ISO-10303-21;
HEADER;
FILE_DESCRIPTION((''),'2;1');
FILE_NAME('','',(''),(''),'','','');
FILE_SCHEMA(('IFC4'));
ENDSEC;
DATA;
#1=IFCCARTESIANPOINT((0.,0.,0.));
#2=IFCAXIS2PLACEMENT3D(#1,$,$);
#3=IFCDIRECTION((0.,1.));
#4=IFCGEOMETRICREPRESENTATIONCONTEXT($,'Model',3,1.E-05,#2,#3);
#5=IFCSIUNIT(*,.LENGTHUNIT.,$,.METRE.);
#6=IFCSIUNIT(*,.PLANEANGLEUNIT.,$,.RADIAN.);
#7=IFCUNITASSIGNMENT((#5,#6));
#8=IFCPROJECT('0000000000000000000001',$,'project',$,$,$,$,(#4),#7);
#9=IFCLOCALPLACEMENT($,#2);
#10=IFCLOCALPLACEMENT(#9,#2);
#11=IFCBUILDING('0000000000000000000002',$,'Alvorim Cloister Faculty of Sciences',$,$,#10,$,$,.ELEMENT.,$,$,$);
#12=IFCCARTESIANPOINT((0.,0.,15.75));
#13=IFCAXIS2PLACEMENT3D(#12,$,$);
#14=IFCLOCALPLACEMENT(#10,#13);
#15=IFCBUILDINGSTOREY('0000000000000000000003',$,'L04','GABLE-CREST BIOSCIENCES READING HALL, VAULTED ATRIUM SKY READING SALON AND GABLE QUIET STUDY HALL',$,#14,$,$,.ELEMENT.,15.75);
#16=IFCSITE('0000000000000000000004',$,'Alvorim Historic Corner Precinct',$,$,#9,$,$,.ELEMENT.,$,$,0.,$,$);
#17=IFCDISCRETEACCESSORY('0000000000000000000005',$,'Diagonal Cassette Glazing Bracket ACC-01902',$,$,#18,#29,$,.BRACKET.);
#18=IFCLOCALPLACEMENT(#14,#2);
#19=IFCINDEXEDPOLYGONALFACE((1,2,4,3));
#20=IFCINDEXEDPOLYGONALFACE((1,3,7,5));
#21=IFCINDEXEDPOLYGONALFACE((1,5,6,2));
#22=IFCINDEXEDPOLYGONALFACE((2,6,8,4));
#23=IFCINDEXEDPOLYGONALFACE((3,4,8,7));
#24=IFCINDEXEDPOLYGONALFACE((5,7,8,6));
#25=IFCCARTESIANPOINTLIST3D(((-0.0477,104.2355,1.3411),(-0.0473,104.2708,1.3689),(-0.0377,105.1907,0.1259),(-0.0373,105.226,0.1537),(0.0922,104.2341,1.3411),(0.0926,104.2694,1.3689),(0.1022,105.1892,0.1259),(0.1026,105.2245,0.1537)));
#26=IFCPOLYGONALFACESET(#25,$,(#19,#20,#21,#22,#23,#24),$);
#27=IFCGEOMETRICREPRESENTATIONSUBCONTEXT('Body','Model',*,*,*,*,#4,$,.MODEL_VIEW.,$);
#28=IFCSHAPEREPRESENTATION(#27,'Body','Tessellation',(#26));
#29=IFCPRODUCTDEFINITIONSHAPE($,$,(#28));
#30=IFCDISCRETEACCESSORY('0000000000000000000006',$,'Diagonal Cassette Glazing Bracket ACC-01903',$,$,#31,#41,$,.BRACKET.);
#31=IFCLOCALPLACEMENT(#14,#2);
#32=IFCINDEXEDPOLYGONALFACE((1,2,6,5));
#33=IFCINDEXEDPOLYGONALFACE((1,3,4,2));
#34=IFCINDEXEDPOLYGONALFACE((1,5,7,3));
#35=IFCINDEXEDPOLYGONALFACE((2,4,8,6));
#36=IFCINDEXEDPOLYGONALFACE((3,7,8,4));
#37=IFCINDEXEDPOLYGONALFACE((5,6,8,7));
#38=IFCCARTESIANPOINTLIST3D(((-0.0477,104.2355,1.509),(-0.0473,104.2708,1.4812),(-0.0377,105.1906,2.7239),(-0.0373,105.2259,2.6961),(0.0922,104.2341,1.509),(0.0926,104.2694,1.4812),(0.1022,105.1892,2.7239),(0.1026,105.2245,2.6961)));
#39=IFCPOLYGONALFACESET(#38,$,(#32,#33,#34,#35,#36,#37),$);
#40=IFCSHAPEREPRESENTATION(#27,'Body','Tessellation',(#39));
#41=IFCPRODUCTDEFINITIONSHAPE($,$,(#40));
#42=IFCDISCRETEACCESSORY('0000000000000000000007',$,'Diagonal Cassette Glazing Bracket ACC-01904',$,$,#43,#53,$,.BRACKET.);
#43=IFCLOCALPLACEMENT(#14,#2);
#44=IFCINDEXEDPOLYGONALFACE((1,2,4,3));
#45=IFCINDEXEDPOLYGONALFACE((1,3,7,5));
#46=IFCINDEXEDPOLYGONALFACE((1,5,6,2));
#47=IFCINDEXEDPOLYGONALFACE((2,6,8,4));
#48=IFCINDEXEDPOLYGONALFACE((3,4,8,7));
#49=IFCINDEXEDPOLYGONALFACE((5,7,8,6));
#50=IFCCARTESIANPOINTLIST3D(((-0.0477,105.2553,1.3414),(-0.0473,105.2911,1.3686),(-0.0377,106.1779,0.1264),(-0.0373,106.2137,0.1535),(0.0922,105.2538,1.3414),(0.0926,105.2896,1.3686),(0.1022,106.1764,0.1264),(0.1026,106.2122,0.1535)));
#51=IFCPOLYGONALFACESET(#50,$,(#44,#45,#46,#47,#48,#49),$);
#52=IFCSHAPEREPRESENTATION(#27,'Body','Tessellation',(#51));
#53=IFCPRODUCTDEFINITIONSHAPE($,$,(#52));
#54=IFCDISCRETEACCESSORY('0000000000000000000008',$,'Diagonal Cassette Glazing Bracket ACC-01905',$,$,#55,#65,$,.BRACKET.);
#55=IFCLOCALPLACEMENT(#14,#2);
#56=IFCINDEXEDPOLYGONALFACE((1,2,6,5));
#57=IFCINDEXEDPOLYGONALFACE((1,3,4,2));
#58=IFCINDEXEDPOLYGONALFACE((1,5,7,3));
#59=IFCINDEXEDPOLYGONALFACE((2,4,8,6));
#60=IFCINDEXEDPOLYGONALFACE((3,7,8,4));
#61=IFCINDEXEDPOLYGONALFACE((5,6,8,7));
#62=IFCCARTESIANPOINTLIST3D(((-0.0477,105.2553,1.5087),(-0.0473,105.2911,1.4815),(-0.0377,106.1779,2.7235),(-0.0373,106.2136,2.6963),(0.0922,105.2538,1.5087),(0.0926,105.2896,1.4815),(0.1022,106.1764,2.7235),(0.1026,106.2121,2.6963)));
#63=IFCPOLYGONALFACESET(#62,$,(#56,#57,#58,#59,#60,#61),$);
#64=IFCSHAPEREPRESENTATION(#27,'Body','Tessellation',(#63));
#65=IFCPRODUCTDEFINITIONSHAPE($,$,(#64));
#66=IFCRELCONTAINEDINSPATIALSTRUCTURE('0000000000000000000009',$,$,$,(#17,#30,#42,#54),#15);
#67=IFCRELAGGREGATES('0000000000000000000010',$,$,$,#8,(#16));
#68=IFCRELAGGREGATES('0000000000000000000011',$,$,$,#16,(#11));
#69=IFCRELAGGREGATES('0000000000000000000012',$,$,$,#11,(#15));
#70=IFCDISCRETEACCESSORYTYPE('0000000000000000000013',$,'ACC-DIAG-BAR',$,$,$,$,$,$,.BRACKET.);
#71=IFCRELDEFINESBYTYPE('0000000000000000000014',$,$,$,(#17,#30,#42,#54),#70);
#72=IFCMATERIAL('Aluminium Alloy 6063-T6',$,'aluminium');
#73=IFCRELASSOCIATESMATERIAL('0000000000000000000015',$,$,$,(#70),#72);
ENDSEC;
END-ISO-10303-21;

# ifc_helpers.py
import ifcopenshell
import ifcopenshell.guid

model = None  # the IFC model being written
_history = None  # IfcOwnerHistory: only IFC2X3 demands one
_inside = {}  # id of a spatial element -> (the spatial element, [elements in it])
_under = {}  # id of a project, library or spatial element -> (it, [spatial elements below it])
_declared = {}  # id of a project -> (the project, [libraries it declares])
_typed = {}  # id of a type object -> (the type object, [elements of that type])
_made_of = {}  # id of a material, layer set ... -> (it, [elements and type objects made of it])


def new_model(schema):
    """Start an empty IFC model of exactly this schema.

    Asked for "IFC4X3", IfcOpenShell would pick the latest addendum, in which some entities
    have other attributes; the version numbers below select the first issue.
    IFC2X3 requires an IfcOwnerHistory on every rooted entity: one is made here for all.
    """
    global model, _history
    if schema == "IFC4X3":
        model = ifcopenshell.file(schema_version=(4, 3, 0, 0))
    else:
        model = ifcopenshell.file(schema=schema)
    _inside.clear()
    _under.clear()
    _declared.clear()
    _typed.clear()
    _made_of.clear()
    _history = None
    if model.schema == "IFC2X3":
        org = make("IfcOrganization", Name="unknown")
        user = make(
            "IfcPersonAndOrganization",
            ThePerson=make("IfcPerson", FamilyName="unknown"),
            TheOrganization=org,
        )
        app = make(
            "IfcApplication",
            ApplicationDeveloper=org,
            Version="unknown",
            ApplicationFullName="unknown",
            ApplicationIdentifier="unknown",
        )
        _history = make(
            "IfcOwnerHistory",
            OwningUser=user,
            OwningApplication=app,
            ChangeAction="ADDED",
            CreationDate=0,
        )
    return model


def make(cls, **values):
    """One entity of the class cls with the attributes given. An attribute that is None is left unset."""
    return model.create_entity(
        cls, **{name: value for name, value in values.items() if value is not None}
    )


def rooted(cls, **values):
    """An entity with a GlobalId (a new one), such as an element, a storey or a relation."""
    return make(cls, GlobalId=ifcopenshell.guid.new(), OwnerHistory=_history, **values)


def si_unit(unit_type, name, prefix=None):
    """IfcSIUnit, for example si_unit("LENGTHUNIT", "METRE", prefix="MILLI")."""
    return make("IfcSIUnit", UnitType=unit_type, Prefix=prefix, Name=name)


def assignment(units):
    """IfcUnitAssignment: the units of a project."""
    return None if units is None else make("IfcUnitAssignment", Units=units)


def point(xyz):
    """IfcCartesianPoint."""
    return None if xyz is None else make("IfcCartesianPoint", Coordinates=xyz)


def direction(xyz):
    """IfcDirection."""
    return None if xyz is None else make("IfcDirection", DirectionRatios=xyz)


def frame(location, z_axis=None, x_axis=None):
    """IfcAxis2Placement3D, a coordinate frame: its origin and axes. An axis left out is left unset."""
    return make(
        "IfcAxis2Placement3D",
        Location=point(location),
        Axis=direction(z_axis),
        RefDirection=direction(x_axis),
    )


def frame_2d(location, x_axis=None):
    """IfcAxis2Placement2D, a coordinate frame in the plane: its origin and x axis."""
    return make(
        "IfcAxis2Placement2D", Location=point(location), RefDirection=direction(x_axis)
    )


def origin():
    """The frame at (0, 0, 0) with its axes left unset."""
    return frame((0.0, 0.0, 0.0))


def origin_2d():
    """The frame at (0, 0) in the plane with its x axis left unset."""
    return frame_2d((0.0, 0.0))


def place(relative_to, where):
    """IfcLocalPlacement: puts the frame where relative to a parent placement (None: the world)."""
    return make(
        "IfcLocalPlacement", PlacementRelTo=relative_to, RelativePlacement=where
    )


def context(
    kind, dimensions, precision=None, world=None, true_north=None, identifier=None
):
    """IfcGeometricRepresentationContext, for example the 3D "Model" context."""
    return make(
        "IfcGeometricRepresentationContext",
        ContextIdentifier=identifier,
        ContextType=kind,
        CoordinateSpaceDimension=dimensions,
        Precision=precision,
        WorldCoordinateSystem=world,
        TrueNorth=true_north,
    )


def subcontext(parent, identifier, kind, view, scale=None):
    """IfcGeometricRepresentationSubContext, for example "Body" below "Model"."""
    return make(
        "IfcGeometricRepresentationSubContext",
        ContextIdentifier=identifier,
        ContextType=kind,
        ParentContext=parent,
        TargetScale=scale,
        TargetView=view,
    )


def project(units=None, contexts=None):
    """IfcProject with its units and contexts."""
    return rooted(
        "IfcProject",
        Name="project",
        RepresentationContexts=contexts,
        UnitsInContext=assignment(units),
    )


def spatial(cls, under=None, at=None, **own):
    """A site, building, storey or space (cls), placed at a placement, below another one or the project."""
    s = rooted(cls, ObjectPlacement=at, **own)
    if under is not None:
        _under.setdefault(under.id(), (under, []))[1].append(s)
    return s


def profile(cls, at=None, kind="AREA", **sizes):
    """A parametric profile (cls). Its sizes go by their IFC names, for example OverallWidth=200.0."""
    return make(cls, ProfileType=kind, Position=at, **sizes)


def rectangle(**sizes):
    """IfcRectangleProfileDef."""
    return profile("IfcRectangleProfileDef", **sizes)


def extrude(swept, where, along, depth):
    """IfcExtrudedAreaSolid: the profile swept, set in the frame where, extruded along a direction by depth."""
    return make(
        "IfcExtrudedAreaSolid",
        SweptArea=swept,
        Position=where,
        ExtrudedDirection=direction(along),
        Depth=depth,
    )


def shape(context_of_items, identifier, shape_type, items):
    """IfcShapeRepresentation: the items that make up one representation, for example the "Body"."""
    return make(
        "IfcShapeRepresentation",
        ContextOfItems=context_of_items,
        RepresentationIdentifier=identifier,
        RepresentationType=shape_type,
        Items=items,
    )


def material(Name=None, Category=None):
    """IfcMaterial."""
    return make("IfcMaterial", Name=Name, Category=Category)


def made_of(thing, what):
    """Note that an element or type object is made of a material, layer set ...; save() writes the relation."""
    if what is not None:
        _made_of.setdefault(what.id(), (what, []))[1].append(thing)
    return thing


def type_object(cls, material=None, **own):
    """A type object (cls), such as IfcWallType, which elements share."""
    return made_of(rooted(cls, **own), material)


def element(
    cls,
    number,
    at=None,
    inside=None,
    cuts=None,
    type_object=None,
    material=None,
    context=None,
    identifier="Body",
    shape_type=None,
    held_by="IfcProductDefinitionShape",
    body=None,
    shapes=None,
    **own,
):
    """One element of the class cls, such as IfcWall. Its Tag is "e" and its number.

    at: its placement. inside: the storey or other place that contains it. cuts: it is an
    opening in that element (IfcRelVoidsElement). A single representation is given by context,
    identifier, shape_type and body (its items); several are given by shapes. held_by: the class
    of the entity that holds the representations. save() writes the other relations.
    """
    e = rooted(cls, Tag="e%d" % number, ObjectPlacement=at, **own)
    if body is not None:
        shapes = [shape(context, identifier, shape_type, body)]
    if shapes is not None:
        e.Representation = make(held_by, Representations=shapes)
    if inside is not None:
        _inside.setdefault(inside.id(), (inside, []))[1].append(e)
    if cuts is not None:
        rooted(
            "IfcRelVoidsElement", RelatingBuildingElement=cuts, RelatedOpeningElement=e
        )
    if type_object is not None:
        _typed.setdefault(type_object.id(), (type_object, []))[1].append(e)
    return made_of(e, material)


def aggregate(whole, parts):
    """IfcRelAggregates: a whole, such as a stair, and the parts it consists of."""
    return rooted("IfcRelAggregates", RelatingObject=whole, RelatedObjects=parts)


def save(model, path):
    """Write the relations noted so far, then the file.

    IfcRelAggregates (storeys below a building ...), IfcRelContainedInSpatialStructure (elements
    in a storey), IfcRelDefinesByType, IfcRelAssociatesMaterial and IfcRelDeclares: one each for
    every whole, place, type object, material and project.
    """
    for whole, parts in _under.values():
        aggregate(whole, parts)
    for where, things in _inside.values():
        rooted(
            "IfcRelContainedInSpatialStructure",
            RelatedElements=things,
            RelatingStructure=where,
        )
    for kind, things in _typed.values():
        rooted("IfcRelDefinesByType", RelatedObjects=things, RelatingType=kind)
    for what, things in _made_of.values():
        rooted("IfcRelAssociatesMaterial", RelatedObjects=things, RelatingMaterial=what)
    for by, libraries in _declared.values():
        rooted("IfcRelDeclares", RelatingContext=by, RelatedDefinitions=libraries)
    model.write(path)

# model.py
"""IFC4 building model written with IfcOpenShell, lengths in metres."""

from ifc_helpers import new_model, si_unit, direction, frame, origin, origin_2d, place, context, subcontext, project, spatial, rectangle, extrude, material, type_object, element, save


model = new_model("IFC4")

# Units and contexts
model_context = context("Model", 3, precision=1e-05, world=origin(), true_north=direction((0.0, 1.0)))
body_context = subcontext(model_context, "Body", "Model", "MODEL_VIEW")
ifc_project = project(units=[si_unit("LENGTHUNIT", "METRE"), si_unit("PLANEANGLEUNIT", "RADIAN")], contexts=[model_context])

# Site, building, storey
site_placement = place(None, origin())
site = spatial("IfcSite", under=ifc_project, at=site_placement, Name="Alvorim Historic Corner Precinct", CompositionType="ELEMENT", RefElevation=0.0)
building_placement = place(site_placement, origin())
building = spatial("IfcBuilding", under=site, at=building_placement, Name="Alvorim Cloister Faculty of Sciences", CompositionType="ELEMENT")
storey_placement = place(building_placement, frame((0.0, 0.0, 15.75)))
storey = spatial("IfcBuildingStorey", under=building, at=storey_placement, Name="L04", Description="GABLE-CREST BIOSCIENCES READING HALL, VAULTED ATRIUM SKY READING SALON AND GABLE QUIET STUDY HALL", CompositionType="ELEMENT", Elevation=15.75)

# Shared definitions
ifc_material_1 = material(Name="Aluminium Alloy 6063-T6", Category="aluminium")

# Discrete accessories
discrete_accessory_type = type_object("IfcDiscreteAccessoryType", Name="ACC-DIAG-BAR", PredefinedType="BRACKET", material=ifc_material_1)
discrete_accessory_1_placement = place(storey_placement, frame((0.0225, 104.2524, 1.355), z_axis=(0.006477, 0.617955, -0.786187), x_axis=(-0.999945, 0.01048, 0.0)))
element("IfcDiscreteAccessory", 1, at=discrete_accessory_1_placement, inside=storey, type_object=discrete_accessory_type, Name="Diagonal Cassette Glazing Bracket ACC-01902", PredefinedType="BRACKET", context=body_context, shape_type="SweptSolid", body=[
    extrude(rectangle(XDim=0.1399, YDim=0.0449, at=origin_2d()), origin(), (0.0, 0.0, 1.0), 1.5457),
])
discrete_accessory_2_placement = place(storey_placement, frame((0.0225, 104.2524, 1.4951), z_axis=(0.006477, 0.618032, 0.786126), x_axis=(-0.999945, 0.01048, 0.0)))
element("IfcDiscreteAccessory", 2, at=discrete_accessory_2_placement, inside=storey, type_object=discrete_accessory_type, Name="Diagonal Cassette Glazing Bracket ACC-01903", PredefinedType="BRACKET", context=body_context, shape_type="SweptSolid", body=[
    extrude(rectangle(XDim=0.1399, YDim=0.0449, at=origin_2d()), origin(), (0.0, 0.0, 1.0), 1.5454),
])
discrete_accessory_3_placement = place(storey_placement, frame((0.0225, 105.2725, 1.355), z_axis=(0.006561, 0.604713, -0.796416), x_axis=(-0.999941, 0.010849, 0.0)))
element("IfcDiscreteAccessory", 3, at=discrete_accessory_3_placement, inside=storey, type_object=discrete_accessory_type, Name="Diagonal Cassette Glazing Bracket ACC-01904", PredefinedType="BRACKET", context=body_context, shape_type="SweptSolid", body=[
    extrude(rectangle(XDim=0.1399, YDim=0.0449, at=origin_2d()), origin(), (0.0, 0.0, 1.0), 1.5256),
])
discrete_accessory_4_placement = place(storey_placement, frame((0.0225, 105.2725, 1.4951), z_axis=(0.006562, 0.60479, 0.796358), x_axis=(-0.999941, 0.010849, 0.0)))
element("IfcDiscreteAccessory", 4, at=discrete_accessory_4_placement, inside=storey, type_object=discrete_accessory_type, Name="Diagonal Cassette Glazing Bracket ACC-01905", PredefinedType="BRACKET", context=body_context, shape_type="SweptSolid", body=[
    extrude(rectangle(XDim=0.1399, YDim=0.0449, at=origin_2d()), origin(), (0.0, 0.0, 1.0), 1.5254),
])

save(model, "model.ifc")
